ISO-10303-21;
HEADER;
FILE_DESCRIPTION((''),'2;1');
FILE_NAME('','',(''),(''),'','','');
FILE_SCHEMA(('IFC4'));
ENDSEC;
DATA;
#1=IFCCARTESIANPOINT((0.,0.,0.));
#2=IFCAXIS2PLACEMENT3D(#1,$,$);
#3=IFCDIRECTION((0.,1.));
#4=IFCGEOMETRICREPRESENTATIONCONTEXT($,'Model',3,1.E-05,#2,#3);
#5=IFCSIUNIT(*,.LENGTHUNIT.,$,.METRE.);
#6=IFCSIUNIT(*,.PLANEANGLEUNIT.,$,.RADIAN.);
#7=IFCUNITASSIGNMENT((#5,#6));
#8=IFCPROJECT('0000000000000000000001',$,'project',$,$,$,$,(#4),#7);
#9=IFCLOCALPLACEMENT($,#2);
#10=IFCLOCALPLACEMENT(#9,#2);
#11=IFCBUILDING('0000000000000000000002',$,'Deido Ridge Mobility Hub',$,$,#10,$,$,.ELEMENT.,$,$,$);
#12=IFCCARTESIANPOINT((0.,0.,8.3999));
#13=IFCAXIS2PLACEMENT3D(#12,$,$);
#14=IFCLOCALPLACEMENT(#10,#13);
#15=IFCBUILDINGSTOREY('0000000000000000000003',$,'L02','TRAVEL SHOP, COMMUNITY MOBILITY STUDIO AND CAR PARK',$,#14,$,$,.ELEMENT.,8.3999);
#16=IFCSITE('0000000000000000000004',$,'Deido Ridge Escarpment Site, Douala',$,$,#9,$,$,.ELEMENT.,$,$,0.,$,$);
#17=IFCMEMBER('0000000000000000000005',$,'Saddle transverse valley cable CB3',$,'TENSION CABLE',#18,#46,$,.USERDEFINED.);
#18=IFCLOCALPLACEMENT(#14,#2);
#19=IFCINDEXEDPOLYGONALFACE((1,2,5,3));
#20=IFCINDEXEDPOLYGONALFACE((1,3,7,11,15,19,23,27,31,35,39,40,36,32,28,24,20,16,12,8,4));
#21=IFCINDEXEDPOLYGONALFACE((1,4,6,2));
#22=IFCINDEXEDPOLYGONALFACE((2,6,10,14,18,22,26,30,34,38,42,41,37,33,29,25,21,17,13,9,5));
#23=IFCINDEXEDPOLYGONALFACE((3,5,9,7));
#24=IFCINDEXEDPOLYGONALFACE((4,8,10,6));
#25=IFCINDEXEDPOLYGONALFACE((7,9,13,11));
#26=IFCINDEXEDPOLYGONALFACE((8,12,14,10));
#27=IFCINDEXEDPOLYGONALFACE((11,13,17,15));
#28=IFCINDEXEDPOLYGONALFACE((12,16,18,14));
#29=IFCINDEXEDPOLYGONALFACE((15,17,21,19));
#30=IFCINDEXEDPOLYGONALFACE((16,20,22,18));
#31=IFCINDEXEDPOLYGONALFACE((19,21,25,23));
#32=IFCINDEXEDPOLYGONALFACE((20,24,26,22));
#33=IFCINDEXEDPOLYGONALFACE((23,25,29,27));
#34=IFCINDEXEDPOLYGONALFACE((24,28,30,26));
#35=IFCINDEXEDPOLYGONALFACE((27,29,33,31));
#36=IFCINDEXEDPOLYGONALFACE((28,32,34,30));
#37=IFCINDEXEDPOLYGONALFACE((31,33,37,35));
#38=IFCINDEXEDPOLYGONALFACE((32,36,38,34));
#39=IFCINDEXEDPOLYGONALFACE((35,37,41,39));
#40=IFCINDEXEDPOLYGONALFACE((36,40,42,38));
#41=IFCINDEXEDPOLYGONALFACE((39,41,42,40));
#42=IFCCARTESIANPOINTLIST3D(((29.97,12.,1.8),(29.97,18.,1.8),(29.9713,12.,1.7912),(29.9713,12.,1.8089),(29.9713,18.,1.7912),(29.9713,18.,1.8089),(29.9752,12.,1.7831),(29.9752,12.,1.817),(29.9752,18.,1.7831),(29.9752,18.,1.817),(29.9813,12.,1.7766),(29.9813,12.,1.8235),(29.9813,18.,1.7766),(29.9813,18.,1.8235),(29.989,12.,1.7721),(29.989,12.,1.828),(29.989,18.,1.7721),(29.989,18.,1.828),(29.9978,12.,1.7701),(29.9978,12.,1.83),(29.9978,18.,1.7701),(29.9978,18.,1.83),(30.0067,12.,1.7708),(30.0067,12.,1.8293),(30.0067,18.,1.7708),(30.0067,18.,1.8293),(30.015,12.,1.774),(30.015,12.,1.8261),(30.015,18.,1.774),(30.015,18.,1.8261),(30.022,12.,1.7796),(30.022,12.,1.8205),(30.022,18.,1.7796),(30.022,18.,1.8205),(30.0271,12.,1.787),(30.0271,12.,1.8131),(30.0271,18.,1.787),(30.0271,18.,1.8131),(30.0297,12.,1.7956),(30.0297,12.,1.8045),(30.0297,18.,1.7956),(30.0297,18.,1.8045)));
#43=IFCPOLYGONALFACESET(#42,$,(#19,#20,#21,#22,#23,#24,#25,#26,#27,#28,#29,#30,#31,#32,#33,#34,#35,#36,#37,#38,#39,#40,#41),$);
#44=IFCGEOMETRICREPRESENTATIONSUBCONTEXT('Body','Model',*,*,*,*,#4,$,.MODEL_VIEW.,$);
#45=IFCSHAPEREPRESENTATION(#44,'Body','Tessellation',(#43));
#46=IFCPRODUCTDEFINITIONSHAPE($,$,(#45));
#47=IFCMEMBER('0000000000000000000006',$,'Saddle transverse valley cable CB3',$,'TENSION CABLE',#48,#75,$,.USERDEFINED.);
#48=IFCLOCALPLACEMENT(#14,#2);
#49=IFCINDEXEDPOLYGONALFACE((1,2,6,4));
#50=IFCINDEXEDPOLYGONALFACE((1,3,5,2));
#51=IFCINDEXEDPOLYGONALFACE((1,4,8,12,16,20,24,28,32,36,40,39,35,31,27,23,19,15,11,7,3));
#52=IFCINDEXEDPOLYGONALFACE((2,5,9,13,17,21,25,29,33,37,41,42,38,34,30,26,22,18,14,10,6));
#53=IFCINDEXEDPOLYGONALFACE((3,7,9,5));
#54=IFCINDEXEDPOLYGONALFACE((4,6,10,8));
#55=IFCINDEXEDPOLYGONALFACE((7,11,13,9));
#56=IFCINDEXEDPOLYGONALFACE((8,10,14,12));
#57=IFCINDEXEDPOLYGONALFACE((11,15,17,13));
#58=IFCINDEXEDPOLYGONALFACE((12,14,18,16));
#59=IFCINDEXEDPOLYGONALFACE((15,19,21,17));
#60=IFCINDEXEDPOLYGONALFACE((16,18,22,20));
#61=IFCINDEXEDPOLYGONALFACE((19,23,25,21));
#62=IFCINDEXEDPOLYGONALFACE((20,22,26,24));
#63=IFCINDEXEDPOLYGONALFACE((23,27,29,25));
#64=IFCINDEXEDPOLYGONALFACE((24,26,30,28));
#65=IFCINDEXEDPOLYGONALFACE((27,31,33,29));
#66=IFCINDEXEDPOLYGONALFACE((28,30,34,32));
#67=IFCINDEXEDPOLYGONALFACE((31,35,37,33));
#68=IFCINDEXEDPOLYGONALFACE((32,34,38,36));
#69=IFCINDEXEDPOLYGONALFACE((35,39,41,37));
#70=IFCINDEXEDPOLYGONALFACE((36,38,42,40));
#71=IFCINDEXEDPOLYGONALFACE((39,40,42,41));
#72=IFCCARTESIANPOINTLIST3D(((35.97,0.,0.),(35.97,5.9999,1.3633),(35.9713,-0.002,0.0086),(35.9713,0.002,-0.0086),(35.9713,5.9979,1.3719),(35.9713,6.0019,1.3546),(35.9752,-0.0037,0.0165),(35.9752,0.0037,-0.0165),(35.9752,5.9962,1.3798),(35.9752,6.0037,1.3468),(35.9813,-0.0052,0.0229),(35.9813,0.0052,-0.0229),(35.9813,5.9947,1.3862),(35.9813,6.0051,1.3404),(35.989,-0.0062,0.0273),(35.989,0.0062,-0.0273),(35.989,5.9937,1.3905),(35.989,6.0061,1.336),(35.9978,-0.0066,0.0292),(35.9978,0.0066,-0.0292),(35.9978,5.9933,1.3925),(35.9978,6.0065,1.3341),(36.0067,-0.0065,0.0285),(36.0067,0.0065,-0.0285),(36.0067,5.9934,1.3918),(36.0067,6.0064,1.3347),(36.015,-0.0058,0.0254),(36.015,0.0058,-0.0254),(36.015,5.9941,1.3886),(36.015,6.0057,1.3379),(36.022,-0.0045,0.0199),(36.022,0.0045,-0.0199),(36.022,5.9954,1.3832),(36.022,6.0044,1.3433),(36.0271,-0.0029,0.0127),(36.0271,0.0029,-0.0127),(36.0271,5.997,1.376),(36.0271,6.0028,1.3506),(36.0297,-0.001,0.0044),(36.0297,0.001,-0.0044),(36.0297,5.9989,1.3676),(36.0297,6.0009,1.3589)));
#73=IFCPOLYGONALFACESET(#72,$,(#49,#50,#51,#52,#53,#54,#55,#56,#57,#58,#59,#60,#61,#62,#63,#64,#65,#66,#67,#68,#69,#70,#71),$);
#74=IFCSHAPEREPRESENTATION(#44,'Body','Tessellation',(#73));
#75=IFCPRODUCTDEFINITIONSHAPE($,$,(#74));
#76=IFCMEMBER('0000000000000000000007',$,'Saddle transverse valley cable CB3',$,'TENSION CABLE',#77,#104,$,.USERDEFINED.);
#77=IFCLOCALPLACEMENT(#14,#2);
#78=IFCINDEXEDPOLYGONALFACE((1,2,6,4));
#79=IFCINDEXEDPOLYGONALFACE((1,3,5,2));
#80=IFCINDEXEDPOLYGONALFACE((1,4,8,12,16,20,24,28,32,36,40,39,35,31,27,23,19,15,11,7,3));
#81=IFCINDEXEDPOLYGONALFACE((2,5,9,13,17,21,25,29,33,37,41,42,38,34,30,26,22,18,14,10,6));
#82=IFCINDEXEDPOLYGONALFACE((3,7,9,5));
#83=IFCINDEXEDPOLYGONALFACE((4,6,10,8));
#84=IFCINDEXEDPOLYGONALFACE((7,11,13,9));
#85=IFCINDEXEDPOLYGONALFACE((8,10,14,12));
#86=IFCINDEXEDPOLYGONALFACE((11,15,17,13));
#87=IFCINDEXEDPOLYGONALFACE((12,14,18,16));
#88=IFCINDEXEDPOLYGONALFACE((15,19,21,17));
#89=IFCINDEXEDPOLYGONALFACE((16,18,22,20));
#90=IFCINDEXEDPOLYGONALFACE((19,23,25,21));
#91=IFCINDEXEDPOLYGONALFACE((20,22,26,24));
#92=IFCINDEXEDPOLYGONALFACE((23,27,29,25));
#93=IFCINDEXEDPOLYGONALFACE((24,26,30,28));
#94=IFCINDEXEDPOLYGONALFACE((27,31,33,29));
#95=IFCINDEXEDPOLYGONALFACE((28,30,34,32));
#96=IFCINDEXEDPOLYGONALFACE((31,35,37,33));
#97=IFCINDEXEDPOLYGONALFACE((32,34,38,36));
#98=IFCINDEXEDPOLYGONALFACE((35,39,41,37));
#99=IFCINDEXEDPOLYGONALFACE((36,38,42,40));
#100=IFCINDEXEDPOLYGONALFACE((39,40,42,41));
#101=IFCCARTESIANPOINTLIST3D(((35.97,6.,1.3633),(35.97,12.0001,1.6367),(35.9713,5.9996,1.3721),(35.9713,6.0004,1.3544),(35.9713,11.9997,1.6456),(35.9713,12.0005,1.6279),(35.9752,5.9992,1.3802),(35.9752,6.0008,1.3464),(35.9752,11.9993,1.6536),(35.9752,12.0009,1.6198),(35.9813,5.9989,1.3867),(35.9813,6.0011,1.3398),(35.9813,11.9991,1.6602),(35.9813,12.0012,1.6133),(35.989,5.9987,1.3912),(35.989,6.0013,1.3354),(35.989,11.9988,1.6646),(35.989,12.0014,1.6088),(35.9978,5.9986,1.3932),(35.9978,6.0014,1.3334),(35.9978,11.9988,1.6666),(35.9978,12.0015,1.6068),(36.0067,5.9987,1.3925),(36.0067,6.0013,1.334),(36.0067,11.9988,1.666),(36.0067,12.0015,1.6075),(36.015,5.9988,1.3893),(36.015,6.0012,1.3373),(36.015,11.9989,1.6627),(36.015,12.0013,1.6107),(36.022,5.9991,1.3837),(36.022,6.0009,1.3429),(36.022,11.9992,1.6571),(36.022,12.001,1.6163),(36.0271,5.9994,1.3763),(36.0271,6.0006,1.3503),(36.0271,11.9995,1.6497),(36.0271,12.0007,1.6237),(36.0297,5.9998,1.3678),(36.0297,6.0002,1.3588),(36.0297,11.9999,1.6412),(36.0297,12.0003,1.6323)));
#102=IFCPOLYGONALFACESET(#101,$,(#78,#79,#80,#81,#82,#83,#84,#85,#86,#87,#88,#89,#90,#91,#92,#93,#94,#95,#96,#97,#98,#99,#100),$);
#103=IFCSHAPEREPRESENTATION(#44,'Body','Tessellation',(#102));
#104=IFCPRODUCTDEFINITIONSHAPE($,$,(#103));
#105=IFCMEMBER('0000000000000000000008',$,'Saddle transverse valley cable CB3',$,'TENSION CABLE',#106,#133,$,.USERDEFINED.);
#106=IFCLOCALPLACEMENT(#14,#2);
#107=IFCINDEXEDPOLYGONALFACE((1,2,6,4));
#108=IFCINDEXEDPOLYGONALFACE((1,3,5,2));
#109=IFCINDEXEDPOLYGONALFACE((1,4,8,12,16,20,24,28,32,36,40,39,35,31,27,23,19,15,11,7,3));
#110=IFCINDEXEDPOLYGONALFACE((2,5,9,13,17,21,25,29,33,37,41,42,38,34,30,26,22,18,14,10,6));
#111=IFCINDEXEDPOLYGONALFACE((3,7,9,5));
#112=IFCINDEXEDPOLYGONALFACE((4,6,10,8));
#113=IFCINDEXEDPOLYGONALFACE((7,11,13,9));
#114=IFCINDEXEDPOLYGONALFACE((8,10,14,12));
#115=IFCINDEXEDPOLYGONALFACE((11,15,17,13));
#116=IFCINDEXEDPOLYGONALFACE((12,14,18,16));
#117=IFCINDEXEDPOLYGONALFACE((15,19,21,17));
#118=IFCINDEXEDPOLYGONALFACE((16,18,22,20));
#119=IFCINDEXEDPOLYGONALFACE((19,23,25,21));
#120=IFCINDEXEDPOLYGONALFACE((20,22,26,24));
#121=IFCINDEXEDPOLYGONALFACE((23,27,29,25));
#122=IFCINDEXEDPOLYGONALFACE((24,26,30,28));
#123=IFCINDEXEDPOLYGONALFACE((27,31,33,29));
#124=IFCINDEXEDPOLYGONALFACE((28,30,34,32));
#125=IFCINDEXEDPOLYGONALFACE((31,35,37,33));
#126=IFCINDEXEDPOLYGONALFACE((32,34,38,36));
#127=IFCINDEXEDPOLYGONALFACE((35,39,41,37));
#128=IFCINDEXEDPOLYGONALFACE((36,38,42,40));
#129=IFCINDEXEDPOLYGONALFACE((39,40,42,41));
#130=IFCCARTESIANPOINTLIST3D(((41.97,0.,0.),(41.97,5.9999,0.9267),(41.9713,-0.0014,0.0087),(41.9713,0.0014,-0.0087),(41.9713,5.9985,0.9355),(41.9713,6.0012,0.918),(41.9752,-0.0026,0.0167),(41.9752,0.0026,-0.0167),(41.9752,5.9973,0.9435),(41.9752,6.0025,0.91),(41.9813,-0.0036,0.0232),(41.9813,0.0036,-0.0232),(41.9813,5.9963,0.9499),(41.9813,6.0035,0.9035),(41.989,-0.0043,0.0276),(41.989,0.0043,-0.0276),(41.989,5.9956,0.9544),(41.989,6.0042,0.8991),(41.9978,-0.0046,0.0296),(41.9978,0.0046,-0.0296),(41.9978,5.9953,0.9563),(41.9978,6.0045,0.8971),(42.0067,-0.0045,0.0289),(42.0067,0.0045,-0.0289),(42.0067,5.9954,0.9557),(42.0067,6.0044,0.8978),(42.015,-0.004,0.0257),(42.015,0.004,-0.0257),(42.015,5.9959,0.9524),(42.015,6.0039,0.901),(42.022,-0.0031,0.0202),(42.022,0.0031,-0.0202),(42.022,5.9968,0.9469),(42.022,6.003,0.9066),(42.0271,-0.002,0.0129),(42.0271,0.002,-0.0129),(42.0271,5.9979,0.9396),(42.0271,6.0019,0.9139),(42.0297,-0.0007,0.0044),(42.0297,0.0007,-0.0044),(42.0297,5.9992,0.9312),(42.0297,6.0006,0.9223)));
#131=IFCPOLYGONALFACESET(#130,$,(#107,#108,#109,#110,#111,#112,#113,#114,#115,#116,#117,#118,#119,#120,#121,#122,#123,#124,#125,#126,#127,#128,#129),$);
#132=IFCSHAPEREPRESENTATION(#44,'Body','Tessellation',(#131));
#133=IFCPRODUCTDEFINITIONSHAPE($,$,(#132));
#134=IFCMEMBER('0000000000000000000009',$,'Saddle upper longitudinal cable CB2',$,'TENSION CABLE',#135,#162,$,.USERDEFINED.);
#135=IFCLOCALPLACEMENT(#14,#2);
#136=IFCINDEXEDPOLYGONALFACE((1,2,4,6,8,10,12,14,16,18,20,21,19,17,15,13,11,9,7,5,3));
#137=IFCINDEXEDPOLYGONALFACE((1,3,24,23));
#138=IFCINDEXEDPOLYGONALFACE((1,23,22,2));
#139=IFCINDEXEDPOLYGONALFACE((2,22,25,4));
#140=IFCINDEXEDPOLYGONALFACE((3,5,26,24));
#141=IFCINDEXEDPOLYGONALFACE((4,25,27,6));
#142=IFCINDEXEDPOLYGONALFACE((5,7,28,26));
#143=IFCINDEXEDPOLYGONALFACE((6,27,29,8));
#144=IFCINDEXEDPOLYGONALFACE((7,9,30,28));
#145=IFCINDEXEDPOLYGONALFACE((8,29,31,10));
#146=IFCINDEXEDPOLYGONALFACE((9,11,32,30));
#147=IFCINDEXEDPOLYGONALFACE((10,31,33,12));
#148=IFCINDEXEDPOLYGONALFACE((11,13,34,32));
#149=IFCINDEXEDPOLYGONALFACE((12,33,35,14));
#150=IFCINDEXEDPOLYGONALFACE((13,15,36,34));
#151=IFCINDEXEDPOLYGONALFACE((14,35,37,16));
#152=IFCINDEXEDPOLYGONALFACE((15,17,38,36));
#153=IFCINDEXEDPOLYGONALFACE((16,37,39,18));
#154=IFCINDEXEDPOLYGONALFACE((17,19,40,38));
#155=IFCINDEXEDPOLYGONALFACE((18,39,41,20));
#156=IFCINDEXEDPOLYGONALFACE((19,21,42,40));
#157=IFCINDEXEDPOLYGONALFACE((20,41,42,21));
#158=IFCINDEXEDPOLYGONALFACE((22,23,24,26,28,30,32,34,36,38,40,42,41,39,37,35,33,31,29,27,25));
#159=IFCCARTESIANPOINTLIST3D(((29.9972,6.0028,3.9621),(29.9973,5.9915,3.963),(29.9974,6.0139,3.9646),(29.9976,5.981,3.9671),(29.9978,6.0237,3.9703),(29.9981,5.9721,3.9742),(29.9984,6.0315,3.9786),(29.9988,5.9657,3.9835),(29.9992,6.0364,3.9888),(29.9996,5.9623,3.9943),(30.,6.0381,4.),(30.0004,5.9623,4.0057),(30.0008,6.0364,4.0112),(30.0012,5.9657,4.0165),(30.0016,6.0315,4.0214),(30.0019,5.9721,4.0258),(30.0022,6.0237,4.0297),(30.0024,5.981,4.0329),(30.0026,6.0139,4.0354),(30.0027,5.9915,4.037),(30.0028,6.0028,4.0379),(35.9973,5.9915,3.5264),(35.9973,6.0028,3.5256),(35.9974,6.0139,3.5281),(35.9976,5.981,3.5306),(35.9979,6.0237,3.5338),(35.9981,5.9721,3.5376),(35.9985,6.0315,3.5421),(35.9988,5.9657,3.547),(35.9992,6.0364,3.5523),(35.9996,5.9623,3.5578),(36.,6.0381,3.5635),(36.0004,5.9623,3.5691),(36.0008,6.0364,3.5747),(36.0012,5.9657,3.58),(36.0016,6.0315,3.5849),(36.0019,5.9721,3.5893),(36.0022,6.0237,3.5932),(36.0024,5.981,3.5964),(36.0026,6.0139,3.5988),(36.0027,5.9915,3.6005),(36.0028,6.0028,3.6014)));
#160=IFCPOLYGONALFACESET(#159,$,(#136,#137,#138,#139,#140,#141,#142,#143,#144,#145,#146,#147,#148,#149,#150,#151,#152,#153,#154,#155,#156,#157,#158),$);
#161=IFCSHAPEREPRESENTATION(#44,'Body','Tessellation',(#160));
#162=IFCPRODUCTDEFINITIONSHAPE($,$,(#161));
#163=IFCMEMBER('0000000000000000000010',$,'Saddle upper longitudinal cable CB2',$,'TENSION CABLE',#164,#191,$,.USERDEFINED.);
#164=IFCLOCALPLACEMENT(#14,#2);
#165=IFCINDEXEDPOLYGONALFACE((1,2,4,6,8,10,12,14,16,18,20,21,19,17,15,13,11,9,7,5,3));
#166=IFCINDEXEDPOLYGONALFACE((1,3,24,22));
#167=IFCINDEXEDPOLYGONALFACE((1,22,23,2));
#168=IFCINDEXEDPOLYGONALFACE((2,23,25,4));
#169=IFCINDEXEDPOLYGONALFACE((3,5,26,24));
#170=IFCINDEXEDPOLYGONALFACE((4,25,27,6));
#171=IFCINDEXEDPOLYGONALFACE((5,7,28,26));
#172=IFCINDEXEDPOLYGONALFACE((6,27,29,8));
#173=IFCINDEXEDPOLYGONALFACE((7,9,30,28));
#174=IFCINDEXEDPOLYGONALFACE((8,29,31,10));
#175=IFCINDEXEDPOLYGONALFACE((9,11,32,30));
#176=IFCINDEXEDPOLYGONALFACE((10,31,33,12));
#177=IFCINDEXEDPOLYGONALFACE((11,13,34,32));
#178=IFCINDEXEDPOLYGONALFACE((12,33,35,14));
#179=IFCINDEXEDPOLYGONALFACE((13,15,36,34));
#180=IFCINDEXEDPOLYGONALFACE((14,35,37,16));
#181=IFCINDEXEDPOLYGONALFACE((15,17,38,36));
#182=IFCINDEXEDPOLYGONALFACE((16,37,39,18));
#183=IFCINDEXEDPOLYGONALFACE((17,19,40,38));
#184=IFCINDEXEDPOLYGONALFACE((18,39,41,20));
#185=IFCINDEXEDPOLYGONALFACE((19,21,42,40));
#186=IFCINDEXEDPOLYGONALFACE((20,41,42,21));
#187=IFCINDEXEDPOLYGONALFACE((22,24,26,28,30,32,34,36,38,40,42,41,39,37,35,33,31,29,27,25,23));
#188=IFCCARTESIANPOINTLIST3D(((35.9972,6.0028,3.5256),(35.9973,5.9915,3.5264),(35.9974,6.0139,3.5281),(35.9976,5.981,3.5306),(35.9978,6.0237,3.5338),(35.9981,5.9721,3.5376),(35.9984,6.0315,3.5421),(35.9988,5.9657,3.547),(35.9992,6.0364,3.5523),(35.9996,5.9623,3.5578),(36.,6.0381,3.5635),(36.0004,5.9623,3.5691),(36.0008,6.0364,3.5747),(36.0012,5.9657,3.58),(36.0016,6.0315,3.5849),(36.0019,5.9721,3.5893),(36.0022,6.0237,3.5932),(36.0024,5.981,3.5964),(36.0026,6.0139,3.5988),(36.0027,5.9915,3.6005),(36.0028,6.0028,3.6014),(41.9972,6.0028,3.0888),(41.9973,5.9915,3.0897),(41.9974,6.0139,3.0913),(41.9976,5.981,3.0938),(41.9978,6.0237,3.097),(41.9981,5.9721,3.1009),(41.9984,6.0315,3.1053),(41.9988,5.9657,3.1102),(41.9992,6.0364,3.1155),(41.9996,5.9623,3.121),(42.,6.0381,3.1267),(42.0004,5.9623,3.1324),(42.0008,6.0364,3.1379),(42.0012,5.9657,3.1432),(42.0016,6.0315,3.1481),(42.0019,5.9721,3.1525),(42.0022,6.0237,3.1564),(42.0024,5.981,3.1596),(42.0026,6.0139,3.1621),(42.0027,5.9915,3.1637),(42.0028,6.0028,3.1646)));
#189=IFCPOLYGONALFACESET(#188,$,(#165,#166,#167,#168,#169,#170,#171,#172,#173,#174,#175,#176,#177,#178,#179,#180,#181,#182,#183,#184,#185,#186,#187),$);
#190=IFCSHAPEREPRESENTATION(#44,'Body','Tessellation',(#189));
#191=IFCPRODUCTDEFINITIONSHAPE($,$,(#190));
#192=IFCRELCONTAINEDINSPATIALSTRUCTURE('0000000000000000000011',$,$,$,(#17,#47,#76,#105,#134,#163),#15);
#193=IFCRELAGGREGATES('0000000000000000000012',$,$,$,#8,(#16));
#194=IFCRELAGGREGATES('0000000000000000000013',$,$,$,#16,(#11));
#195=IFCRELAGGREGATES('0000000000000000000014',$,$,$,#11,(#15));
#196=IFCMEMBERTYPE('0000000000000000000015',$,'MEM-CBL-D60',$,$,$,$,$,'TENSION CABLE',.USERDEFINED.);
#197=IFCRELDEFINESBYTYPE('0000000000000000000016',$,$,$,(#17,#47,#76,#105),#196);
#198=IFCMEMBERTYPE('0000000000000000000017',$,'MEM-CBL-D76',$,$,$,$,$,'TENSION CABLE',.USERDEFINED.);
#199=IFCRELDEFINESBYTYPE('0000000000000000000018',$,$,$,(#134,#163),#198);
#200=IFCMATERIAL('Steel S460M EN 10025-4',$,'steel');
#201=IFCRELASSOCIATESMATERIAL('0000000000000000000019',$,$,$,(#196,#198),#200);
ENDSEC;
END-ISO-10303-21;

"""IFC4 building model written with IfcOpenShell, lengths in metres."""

from ifc_helpers import new_model, si_unit, direction, frame, origin, origin_2d, place, context, subcontext, project, spatial, circle, extrude, material, material_profile, profile_set, type_object, element, save


model = new_model("IFC4")

# Units and contexts
model_context = context("Model", 3, precision=1e-05, world=origin(), true_north=direction((0.0, 1.0)))
body_context = subcontext(model_context, "Body", "Model", "MODEL_VIEW")
ifc_project = project(units=[si_unit("LENGTHUNIT", "METRE"), si_unit("PLANEANGLEUNIT", "RADIAN")], contexts=[model_context])

# Site, building, storey
site_placement = place(None, origin())
site = spatial("IfcSite", under=ifc_project, at=site_placement, Name="Deido Ridge Escarpment Site, Douala", CompositionType="ELEMENT", RefElevation=0.0)
building_placement = place(site_placement, origin())
building = spatial("IfcBuilding", under=site, at=building_placement, Name="Deido Ridge Mobility Hub", CompositionType="ELEMENT")
storey_placement = place(building_placement, frame((0.0, 0.0, 8.3999)))
storey = spatial("IfcBuildingStorey", under=building, at=storey_placement, Name="L02", Description="TRAVEL SHOP, COMMUNITY MOBILITY STUDIO AND CAR PARK", CompositionType="ELEMENT", Elevation=8.3999)

# Members
ifc_material_1 = material(Name="Steel S460M EN 10025-4", Category="steel")
ifc_material_profile_1 = material_profile(ifc_material_1, circle(Radius=0.03, at=origin_2d()), Name="CABLE D60")
ifc_profile_set_1 = profile_set([ifc_material_profile_1], Name="Steel S460M EN 10025-4")
member_type_1 = type_object("IfcMemberType", Name="MEM-CBL-D60", ElementType="TENSION CABLE", PredefinedType="USERDEFINED", material=ifc_profile_set_1)
for number, where, z_axis, x_axis, name in (
    (1, (30.0, 12.0, 1.8), (0.0, 1.0, 0.0), (-1.0, 0.0, 0.0), "Saddle transverse valley cable CB3"),
):
    element("IfcMember", number, at=place(storey_placement, frame(where, z_axis=z_axis, x_axis=x_axis)), inside=storey, type_object=member_type_1, Name=name, ObjectType="TENSION CABLE", PredefinedType="USERDEFINED", context=body_context, shape_type="SweptSolid", body=[
        extrude(circle(Radius=0.03, at=origin_2d()), origin(), (0.0, 0.0, 1.0), 6.0),
    ])
member_1_placement = place(storey_placement, frame((36.0, 0.0, 0.0), z_axis=(0.0, 0.975145, 0.221566), x_axis=(-1.0, 0.0, 0.0)))
element("IfcMember", 2, at=member_1_placement, inside=storey, type_object=member_type_1, Name="Saddle transverse valley cable CB3", ObjectType="TENSION CABLE", PredefinedType="USERDEFINED", context=body_context, shape_type="SweptSolid", body=[
    extrude(circle(Radius=0.03, at=origin_2d()), origin(), (0.0, 0.0, 1.0), 6.1528),
])
member_2_placement = place(storey_placement, frame((36.0, 6.0, 1.3633), z_axis=(0.0, 0.998963, 0.045526), x_axis=(-1.0, 0.0, 0.0)))
element("IfcMember", 3, at=member_2_placement, inside=storey, type_object=member_type_1, Name="Saddle transverse valley cable CB3", ObjectType="TENSION CABLE", PredefinedType="USERDEFINED", context=body_context, shape_type="SweptSolid", body=[
    extrude(circle(Radius=0.03, at=origin_2d()), origin(), (0.0, 0.0, 1.0), 6.0063),
])
member_3_placement = place(storey_placement, frame((42.0, 0.0, 0.0), z_axis=(0.0, 0.98828, 0.152649), x_axis=(-1.0, 0.0, 0.0)))
element("IfcMember", 4, at=member_3_placement, inside=storey, type_object=member_type_1, Name="Saddle transverse valley cable CB3", ObjectType="TENSION CABLE", PredefinedType="USERDEFINED", context=body_context, shape_type="SweptSolid", body=[
    extrude(circle(Radius=0.03, at=origin_2d()), origin(), (0.0, 0.0, 1.0), 6.071),
])
ifc_material_profile_2 = material_profile(ifc_material_1, circle(Radius=0.0381, at=origin_2d()), Name="CABLE D76")
ifc_profile_set_2 = profile_set([ifc_material_profile_2], Name="Steel S460M EN 10025-4")
member_type_2 = type_object("IfcMemberType", Name="MEM-CBL-D76", ElementType="TENSION CABLE", PredefinedType="USERDEFINED", material=ifc_profile_set_2)
for number, where, z_axis, x_axis, name in (
    (5, (30.0, 6.0, 4.0), (0.997364, 0.0, -0.072562), (0.0, 1.0, 0.0), "Saddle upper longitudinal cable CB2"),
    (6, (36.0, 6.0, 3.5635), (0.997361, 0.0, -0.072602), (0.0, 1.0, 0.0), "Saddle upper longitudinal cable CB2"),
):
    element("IfcMember", number, at=place(storey_placement, frame(where, z_axis=z_axis, x_axis=x_axis)), inside=storey, type_object=member_type_2, Name=name, ObjectType="TENSION CABLE", PredefinedType="USERDEFINED", context=body_context, shape_type="SweptSolid", body=[
        extrude(circle(Radius=0.0381, at=origin_2d()), origin(), (0.0, 0.0, 1.0), 6.0159),
    ])

save(model, "model.ifc")
